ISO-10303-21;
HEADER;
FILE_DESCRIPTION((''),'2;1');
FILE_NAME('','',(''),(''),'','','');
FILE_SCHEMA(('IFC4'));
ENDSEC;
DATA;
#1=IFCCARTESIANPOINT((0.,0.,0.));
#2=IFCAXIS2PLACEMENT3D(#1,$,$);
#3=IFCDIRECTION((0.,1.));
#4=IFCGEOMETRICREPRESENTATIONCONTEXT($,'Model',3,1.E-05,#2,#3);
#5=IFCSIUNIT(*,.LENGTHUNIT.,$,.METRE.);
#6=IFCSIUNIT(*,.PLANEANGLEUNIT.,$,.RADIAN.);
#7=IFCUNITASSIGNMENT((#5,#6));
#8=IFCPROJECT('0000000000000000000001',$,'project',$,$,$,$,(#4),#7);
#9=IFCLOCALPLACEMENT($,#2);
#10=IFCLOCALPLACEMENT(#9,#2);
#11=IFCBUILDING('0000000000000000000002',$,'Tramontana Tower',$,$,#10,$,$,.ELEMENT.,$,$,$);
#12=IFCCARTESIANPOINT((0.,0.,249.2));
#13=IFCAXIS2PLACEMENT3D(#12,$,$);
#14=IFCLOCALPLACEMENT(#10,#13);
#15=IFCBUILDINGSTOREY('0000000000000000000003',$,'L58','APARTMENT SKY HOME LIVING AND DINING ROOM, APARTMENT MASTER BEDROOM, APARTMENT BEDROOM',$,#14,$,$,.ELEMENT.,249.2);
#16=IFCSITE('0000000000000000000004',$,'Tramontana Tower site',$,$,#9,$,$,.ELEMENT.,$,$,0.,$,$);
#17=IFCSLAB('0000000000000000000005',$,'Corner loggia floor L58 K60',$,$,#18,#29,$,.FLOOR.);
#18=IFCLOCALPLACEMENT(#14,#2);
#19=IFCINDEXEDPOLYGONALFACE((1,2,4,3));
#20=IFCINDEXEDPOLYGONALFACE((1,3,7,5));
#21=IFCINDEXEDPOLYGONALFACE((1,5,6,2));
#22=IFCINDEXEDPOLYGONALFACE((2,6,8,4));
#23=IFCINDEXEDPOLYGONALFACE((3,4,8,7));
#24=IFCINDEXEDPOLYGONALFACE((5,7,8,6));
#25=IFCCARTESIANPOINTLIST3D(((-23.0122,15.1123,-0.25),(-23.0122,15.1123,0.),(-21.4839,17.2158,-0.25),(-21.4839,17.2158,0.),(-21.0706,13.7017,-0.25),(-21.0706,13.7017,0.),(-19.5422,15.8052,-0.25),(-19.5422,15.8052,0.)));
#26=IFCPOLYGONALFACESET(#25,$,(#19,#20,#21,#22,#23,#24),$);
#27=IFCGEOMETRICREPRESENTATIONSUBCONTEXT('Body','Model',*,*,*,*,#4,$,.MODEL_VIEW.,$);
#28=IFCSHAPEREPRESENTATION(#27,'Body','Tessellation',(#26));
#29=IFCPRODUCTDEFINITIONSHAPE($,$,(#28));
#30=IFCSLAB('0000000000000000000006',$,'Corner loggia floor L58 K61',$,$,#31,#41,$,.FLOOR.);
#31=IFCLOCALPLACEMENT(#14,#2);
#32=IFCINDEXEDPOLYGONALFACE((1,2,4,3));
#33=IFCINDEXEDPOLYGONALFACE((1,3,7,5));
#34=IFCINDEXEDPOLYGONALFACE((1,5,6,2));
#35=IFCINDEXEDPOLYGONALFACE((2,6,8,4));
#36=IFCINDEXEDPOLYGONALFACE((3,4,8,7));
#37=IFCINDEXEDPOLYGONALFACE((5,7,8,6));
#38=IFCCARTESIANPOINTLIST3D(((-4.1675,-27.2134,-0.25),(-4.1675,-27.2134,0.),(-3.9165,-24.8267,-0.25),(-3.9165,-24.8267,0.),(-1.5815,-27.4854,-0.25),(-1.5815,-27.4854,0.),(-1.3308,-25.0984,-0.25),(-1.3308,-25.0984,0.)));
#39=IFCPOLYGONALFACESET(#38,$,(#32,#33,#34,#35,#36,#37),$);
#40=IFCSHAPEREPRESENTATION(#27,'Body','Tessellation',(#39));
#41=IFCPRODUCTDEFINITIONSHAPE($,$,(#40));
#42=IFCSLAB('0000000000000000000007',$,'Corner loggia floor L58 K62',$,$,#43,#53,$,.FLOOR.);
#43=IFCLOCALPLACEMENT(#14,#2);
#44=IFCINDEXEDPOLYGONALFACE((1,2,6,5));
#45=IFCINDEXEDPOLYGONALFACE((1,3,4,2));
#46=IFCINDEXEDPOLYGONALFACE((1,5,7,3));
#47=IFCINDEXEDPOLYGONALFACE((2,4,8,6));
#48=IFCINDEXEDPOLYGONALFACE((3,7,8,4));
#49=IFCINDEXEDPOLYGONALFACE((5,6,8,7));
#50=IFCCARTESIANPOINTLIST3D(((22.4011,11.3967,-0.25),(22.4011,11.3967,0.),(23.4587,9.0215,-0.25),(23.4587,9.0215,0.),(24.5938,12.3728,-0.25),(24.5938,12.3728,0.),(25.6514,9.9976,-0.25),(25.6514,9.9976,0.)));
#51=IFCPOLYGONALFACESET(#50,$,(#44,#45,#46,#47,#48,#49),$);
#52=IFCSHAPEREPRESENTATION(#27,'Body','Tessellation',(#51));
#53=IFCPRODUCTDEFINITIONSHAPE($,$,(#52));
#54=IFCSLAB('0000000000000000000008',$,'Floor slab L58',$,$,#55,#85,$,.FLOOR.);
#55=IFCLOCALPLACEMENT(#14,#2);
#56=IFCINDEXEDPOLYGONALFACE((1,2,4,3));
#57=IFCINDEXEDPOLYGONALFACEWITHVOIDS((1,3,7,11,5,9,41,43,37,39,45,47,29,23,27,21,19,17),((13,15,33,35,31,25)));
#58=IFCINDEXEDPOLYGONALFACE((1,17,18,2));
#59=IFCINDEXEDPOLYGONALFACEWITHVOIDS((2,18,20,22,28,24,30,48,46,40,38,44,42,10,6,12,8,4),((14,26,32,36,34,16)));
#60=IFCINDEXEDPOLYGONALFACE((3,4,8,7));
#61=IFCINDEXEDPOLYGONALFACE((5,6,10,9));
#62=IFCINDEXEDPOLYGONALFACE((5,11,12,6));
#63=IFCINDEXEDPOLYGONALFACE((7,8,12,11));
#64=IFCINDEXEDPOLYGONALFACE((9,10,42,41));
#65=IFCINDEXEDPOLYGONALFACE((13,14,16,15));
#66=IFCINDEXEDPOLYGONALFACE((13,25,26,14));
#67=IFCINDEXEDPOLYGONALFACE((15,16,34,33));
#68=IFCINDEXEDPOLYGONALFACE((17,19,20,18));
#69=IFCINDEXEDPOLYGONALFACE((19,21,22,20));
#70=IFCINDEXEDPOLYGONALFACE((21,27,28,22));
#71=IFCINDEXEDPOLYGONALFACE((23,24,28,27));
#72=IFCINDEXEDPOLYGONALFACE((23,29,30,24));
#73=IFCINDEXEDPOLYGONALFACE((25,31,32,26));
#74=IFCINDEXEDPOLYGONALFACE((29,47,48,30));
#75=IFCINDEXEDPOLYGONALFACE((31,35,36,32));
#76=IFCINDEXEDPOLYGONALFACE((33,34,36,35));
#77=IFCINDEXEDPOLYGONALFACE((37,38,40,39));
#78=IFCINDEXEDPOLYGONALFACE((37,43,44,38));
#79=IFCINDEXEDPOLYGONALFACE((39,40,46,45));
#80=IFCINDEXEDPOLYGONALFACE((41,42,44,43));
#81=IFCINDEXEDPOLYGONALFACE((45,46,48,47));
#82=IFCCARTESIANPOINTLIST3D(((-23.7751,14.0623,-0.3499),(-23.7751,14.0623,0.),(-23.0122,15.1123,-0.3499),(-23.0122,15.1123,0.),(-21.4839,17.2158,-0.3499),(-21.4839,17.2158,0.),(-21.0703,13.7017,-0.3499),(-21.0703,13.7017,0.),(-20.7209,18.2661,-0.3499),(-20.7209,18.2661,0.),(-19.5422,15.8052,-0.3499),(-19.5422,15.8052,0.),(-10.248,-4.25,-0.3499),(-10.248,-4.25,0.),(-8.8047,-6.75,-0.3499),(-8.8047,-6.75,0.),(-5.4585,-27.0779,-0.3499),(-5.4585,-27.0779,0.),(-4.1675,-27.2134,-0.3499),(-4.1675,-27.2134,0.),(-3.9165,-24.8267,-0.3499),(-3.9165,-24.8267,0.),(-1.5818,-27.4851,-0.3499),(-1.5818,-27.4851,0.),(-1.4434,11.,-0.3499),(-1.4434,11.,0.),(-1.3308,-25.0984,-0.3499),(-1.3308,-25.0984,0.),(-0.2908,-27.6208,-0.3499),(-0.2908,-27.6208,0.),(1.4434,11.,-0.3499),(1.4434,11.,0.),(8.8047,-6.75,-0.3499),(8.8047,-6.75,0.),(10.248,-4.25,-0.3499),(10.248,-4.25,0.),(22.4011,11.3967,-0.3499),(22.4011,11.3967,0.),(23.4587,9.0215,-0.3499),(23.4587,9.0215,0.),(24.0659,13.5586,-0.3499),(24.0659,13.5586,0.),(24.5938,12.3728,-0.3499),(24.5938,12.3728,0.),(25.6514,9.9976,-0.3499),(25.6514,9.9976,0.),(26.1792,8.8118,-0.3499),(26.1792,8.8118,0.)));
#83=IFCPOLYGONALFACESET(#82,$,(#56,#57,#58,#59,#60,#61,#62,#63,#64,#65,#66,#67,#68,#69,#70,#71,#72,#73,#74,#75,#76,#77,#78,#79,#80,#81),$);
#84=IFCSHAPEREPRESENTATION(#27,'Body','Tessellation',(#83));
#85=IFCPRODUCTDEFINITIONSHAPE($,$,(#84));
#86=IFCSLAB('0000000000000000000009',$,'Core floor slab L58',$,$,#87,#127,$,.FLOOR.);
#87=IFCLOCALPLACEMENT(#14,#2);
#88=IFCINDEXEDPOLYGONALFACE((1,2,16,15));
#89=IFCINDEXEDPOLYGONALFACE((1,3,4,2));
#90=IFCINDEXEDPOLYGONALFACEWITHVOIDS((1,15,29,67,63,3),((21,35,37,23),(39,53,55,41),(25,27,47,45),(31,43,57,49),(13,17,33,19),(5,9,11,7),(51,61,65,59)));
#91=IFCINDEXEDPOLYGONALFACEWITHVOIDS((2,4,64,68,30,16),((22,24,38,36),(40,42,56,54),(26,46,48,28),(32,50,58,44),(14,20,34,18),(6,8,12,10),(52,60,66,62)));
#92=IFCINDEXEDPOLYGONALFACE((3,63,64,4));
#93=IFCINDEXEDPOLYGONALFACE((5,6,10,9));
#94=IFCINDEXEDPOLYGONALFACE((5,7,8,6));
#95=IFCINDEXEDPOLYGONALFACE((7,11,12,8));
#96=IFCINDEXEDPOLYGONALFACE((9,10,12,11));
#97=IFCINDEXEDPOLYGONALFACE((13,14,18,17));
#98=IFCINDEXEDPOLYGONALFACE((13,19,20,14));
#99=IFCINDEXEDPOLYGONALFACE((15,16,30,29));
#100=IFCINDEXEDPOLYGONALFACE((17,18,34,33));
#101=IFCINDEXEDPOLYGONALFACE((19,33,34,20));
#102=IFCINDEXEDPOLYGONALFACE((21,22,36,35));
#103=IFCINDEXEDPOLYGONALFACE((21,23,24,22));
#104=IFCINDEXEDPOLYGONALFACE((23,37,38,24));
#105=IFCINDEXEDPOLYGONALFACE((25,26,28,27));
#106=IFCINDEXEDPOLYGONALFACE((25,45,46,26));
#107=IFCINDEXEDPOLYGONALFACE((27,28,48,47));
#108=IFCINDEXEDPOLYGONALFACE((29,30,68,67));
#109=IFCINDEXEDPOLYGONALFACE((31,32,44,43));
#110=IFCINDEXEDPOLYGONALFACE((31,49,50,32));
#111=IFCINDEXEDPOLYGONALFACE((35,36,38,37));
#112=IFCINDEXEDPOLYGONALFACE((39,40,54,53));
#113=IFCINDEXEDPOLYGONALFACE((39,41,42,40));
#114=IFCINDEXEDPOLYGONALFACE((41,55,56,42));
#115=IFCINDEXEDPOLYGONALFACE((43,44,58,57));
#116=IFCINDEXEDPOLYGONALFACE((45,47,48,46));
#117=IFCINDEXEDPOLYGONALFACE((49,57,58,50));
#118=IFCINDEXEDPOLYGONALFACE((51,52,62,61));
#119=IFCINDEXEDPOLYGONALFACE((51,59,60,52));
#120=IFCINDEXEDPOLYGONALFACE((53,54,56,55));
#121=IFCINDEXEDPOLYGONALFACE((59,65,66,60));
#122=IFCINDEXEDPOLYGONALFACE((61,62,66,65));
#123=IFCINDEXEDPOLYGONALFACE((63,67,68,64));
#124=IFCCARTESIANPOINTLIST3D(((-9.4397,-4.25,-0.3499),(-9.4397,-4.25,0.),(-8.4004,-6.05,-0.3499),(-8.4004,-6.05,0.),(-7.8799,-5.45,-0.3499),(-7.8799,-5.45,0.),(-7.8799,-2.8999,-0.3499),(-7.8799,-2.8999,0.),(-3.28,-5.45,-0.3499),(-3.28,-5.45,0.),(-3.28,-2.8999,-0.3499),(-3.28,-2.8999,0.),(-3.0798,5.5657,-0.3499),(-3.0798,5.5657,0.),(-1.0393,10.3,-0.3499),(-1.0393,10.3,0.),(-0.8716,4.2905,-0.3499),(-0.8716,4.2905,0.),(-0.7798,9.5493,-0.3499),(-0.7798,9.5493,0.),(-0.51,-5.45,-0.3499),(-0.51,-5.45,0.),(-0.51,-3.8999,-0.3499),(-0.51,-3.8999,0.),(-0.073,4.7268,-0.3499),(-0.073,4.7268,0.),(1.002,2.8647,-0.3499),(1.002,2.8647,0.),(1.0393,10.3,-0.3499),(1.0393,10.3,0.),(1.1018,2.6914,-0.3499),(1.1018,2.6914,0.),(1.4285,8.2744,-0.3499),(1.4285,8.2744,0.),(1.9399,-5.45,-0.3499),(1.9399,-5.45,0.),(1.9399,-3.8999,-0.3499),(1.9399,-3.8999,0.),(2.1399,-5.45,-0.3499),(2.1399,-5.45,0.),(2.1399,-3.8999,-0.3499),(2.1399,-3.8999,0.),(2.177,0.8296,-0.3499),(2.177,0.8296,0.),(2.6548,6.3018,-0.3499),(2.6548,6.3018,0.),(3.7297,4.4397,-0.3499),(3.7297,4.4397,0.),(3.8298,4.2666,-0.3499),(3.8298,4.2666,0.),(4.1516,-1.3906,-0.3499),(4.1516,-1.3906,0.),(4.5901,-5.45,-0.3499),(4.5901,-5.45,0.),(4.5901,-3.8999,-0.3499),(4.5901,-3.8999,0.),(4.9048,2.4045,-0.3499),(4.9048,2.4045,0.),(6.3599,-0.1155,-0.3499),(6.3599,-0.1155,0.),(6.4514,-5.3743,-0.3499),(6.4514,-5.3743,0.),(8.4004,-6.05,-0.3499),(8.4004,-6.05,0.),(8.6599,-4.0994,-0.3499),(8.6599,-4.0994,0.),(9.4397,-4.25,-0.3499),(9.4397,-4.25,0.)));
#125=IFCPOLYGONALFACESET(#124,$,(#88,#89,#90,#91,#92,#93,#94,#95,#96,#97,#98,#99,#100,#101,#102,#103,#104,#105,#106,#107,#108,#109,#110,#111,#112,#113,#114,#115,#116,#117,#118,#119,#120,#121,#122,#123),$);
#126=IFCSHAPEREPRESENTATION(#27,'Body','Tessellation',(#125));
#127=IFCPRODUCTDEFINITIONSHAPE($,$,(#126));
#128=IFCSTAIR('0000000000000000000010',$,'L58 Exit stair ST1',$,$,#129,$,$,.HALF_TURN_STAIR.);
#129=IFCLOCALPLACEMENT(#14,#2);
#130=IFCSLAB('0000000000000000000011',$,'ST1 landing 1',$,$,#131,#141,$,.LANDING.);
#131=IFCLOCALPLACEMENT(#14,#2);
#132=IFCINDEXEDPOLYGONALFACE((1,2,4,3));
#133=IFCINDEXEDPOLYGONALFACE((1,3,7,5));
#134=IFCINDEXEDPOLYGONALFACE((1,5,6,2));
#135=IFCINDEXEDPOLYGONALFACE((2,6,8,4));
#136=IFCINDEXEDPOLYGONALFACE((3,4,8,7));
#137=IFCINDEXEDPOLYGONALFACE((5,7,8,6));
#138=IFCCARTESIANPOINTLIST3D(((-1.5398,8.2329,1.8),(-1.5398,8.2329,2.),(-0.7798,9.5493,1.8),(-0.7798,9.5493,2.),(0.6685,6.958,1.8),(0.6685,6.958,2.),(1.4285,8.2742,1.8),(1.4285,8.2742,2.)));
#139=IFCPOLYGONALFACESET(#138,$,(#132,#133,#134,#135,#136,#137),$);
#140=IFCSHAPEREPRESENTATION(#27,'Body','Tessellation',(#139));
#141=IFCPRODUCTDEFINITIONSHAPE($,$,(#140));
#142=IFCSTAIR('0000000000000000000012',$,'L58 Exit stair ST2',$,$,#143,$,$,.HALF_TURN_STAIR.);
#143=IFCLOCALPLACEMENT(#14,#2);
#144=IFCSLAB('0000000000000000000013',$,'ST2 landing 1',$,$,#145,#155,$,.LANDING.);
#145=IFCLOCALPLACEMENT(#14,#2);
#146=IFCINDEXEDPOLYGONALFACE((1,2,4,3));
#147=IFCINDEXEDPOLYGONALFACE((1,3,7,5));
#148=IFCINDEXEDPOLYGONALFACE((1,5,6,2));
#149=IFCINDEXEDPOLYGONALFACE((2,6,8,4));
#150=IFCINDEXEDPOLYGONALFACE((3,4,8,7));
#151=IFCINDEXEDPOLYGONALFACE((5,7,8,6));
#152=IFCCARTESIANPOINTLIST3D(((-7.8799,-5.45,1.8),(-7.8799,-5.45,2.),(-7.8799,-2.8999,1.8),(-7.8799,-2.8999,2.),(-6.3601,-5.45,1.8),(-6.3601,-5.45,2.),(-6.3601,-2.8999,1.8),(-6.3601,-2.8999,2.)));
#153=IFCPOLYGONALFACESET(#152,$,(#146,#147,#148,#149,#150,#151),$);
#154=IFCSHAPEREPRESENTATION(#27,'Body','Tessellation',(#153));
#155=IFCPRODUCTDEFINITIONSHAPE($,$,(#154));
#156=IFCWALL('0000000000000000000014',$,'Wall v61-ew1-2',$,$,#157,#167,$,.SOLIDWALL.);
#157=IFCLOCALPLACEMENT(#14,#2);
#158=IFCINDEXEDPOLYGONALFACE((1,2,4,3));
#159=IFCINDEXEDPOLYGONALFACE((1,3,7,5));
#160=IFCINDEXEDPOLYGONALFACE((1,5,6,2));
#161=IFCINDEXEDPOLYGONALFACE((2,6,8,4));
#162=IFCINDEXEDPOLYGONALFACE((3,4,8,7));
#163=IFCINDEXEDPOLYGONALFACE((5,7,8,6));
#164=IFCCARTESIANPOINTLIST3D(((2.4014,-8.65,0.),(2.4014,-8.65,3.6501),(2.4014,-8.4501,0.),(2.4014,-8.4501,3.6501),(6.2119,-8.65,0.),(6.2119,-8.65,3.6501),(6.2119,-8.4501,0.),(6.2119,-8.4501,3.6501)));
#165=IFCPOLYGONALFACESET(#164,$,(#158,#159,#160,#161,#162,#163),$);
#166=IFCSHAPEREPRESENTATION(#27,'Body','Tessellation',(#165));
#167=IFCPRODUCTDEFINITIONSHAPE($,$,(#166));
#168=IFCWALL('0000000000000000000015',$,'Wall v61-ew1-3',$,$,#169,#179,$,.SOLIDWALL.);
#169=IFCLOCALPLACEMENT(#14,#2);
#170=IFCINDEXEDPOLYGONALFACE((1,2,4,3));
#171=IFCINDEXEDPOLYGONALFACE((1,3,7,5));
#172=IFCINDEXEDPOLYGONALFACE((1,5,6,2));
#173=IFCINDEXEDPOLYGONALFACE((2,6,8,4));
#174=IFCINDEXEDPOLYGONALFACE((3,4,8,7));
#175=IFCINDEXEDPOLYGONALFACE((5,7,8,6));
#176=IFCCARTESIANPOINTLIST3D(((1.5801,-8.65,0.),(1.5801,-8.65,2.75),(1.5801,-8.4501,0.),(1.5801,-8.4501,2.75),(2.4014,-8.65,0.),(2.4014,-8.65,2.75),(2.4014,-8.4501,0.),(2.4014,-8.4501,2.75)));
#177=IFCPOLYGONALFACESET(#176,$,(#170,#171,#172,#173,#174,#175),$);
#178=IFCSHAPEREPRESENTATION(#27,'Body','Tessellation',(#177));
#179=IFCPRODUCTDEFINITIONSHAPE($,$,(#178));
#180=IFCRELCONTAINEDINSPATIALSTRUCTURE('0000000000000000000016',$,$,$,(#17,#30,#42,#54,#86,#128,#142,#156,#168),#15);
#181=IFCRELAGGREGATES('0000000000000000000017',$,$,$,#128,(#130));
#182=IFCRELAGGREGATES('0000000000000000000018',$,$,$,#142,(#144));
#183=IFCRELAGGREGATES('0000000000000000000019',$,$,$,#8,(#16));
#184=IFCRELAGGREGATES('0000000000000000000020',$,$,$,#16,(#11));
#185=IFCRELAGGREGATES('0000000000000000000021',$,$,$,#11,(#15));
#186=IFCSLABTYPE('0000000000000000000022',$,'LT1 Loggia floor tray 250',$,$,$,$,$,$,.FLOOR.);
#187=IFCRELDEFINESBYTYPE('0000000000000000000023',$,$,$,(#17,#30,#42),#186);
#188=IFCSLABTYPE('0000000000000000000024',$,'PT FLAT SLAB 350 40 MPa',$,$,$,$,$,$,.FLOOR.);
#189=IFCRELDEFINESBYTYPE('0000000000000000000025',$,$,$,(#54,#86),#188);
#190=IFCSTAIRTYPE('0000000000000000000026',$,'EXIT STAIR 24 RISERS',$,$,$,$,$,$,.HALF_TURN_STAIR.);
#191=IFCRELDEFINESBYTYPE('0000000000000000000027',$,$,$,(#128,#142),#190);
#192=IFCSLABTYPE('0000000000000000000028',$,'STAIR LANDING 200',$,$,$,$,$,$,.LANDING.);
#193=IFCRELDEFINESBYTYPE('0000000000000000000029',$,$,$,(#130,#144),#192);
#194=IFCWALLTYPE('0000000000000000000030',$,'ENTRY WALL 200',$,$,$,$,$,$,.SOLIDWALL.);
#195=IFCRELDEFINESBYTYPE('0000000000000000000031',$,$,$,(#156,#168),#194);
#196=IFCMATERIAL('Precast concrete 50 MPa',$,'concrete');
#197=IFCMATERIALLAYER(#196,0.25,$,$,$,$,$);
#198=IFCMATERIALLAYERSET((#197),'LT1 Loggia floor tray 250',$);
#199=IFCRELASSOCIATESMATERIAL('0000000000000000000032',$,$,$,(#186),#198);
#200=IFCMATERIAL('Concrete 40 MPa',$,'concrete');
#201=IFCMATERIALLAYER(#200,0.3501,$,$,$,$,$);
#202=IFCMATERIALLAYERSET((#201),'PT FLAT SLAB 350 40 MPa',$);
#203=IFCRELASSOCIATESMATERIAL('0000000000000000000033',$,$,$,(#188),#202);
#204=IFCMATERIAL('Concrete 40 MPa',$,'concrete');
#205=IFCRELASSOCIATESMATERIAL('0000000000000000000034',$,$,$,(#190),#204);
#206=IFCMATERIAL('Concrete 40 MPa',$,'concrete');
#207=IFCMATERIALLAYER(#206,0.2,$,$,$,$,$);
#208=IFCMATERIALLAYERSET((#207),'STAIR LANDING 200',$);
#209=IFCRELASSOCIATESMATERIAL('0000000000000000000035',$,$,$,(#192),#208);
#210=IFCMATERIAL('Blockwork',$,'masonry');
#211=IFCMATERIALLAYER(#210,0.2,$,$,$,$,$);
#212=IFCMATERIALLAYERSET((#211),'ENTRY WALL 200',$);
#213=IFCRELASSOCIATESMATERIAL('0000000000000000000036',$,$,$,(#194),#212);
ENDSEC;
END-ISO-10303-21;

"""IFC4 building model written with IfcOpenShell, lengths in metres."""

from ifc_helpers import new_model, si_unit, direction, frame, frame_2d, origin, place, context, subcontext, project, spatial, polyline, rectangle, outline, extrude, material, layer, layer_set, type_object, element, aggregate, save


model = new_model("IFC4")

# Units and contexts
model_context = context("Model", 3, precision=1e-05, world=origin(), true_north=direction((0.0, 1.0)))
body_context = subcontext(model_context, "Body", "Model", "MODEL_VIEW")
ifc_project = project(units=[si_unit("LENGTHUNIT", "METRE"), si_unit("PLANEANGLEUNIT", "RADIAN")], contexts=[model_context])

# Site, building, storey
site_placement = place(None, origin())
site = spatial("IfcSite", under=ifc_project, at=site_placement, Name="Tramontana Tower site", CompositionType="ELEMENT", RefElevation=0.0)
building_placement = place(site_placement, origin())
building = spatial("IfcBuilding", under=site, at=building_placement, Name="Tramontana Tower", CompositionType="ELEMENT")
storey_placement = place(building_placement, frame((0.0, 0.0, 249.2)))
storey = spatial("IfcBuildingStorey", under=building, at=storey_placement, Name="L58", Description="APARTMENT SKY HOME LIVING AND DINING ROOM, APARTMENT MASTER BEDROOM, APARTMENT BEDROOM", CompositionType="ELEMENT", Elevation=249.2)

# Slabs
ifc_material_1 = material(Name="Precast concrete 50 MPa", Category="concrete")
ifc_layer_1 = layer(ifc_material_1, 0.25)
ifc_layer_set_1 = layer_set([ifc_layer_1], Name="LT1 Loggia floor tray 250")
slab_type_1 = type_object("IfcSlabType", Name="LT1 Loggia floor tray 250", PredefinedType="FLOOR", material=ifc_layer_set_1)
slab_1_placement = place(storey_placement, frame((0.0, 0.0, -0.25)))
element("IfcSlab", 1, at=slab_1_placement, inside=storey, type_object=slab_type_1, Name="Corner loggia floor L58 K60", PredefinedType="FLOOR", context=body_context, shape_type="SweptSolid", body=[
    extrude(outline(polyline([(-21.4839, 17.2158), (-19.5422, 15.8052), (-21.0706, 13.7017), (-23.0122, 15.1123), (-21.4839, 17.2158)])), origin(), (0.0, 0.0, 1.0), 0.25),
])
slab_2_placement = place(storey_placement, frame((0.0, 0.0, -0.25)))
element("IfcSlab", 2, at=slab_2_placement, inside=storey, type_object=slab_type_1, Name="Corner loggia floor L58 K61", PredefinedType="FLOOR", context=body_context, shape_type="SweptSolid", body=[
    extrude(outline(polyline([(-4.1675, -27.2134), (-3.9165, -24.8267), (-1.3308, -25.0984), (-1.5815, -27.4854), (-4.1675, -27.2134)])), origin(), (0.0, 0.0, 1.0), 0.25),
])
slab_3_placement = place(storey_placement, frame((0.0, 0.0, -0.25)))
element("IfcSlab", 3, at=slab_3_placement, inside=storey, type_object=slab_type_1, Name="Corner loggia floor L58 K62", PredefinedType="FLOOR", context=body_context, shape_type="SweptSolid", body=[
    extrude(outline(polyline([(25.6514, 9.9976), (23.4587, 9.0215), (22.4011, 11.3967), (24.5938, 12.3728), (25.6514, 9.9976)])), origin(), (0.0, 0.0, 1.0), 0.25),
])
ifc_material_2 = material(Name="Concrete 40 MPa", Category="concrete")
ifc_layer_2 = layer(ifc_material_2, 0.3501)
ifc_layer_set_2 = layer_set([ifc_layer_2], Name="PT FLAT SLAB 350 40 MPa")
slab_type_2 = type_object("IfcSlabType", Name="PT FLAT SLAB 350 40 MPa", PredefinedType="FLOOR", material=ifc_layer_set_2)
slab_4_placement = place(storey_placement, frame((0.0, 0.0, -0.3499)))
element("IfcSlab", 4, at=slab_4_placement, inside=storey, type_object=slab_type_2, Name="Floor slab L58", PredefinedType="FLOOR", context=body_context, shape_type="SweptSolid", body=[
    extrude(outline(polyline([(24.5938, 12.3728), (22.4011, 11.3967), (23.4587, 9.0215), (25.6514, 9.9976), (26.1792, 8.8118), (-0.2908, -27.6208), (-1.5818, -27.4851), (-1.3308, -25.0984), (-3.9165, -24.8267), (-4.1675, -27.2134), (-5.4585, -27.0779), (-23.7751, 14.0623), (-23.0122, 15.1123), (-21.0703, 13.7017), (-19.5422, 15.8052), (-21.4839, 17.2158), (-20.7209, 18.2661), (24.0659, 13.5586), (24.5938, 12.3728)]), holes=[polyline([(-10.248, -4.25), (-8.8047, -6.75), (8.8047, -6.75), (10.248, -4.25), (1.4434, 11.0), (-1.4434, 11.0), (-10.248, -4.25)])]), origin(), (0.0, 0.0, 1.0), 0.3499),
])
slab_5_placement = place(storey_placement, frame((0.0, 0.0, -0.3499)))
element("IfcSlab", 5, at=slab_5_placement, inside=storey, type_object=slab_type_2, Name="Core floor slab L58", PredefinedType="FLOOR", context=body_context, shape_type="SweptSolid", body=[
    extrude(outline(polyline([(9.4397, -4.25), (8.4004, -6.05), (-8.4004, -6.05), (-9.4397, -4.25), (-1.0393, 10.3), (1.0393, 10.3), (9.4397, -4.25)]), holes=[polyline([(8.6599, -4.0994), (6.3599, -0.1155), (4.1516, -1.3906), (6.4514, -5.3743), (8.6599, -4.0994)]), polyline([(3.8298, 4.2666), (1.1018, 2.6914), (2.177, 0.8296), (4.9048, 2.4045), (3.8298, 4.2666)]), polyline([(4.5901, -3.8999), (2.1399, -3.8999), (2.1399, -5.45), (4.5901, -5.45), (4.5901, -3.8999)]), polyline([(2.6548, 6.3018), (-0.073, 4.7268), (1.002, 2.8647), (3.7297, 4.4397), (2.6548, 6.3018)]), polyline([(1.9399, -5.45), (1.9399, -3.8999), (-0.51, -3.8999), (-0.51, -5.45), (1.9399, -5.45)]), polyline([(-0.7798, 9.5493), (-3.0798, 5.5657), (-0.8716, 4.2905), (1.4285, 8.2744), (-0.7798, 9.5493)]), polyline([(-7.8799, -5.45), (-3.28, -5.45), (-3.28, -2.8999), (-7.8799, -2.8999), (-7.8799, -5.45)])]), origin(), (0.0, 0.0, 1.0), 0.3499),
])

# Stairs, slabs
ifc_material_3 = material(Name="Concrete 40 MPa", Category="concrete")
stair_type = type_object("IfcStairType", Name="EXIT STAIR 24 RISERS", PredefinedType="HALF_TURN_STAIR", material=ifc_material_3)
stair_1_placement = place(storey_placement, origin())
stair_1 = element("IfcStair", 6, at=stair_1_placement, inside=storey, type_object=stair_type, Name="L58 Exit stair ST1", PredefinedType="HALF_TURN_STAIR")
ifc_material_4 = material(Name="Concrete 40 MPa", Category="concrete")
ifc_layer_3 = layer(ifc_material_4, 0.2)
ifc_layer_set_3 = layer_set([ifc_layer_3], Name="STAIR LANDING 200")
slab_type_3 = type_object("IfcSlabType", Name="STAIR LANDING 200", PredefinedType="LANDING", material=ifc_layer_set_3)
slab_6_placement = place(storey_placement, frame((0.0, 0.0, 1.8)))
slab_6 = element("IfcSlab", 7, at=slab_6_placement, type_object=slab_type_3, Name="ST1 landing 1", PredefinedType="LANDING", context=body_context, shape_type="SweptSolid", body=[
    extrude(outline(polyline([(0.6685, 6.958), (1.4285, 8.2742), (-0.7798, 9.5493), (-1.5398, 8.2329), (0.6685, 6.958)])), origin(), (0.0, 0.0, 1.0), 0.2),
])
aggregate(stair_1, [slab_6])
stair_2_placement = place(storey_placement, origin())
stair_2 = element("IfcStair", 8, at=stair_2_placement, inside=storey, type_object=stair_type, Name="L58 Exit stair ST2", PredefinedType="HALF_TURN_STAIR")
slab_7_placement = place(storey_placement, frame((0.0, 0.0, 1.8)))
slab_7 = element("IfcSlab", 9, at=slab_7_placement, type_object=slab_type_3, Name="ST2 landing 1", PredefinedType="LANDING", context=body_context, shape_type="SweptSolid", body=[
    extrude(outline(polyline([(-6.3601, -2.8999), (-7.8799, -2.8999), (-7.8799, -5.45), (-6.3601, -5.45), (-6.3601, -2.8999)])), origin(), (0.0, 0.0, 1.0), 0.2),
])
aggregate(stair_2, [slab_7])

# Walls
ifc_material_5 = material(Name="Blockwork", Category="masonry")
ifc_layer_4 = layer(ifc_material_5, 0.2)
ifc_layer_set_4 = layer_set([ifc_layer_4], Name="ENTRY WALL 200")
wall_type_1 = type_object("IfcWallType", Name="ENTRY WALL 200", PredefinedType="SOLIDWALL", material=ifc_layer_set_4)
wall_1_placement = place(storey_placement, frame((6.2119, -8.55, 0.0), z_axis=(0.0, 0.0, 1.0), x_axis=(-1.0, 0.0, 0.0)))
element("IfcWall", 10, at=wall_1_placement, inside=storey, type_object=wall_type_1, Name="Wall v61-ew1-2", PredefinedType="SOLIDWALL", context=body_context, shape_type="SweptSolid", body=[
    extrude(rectangle(XDim=3.8105, YDim=0.2, at=frame_2d((1.9053, 0.0))), origin(), (0.0, 0.0, 1.0), 3.6501),
])
wall_2_placement = place(storey_placement, frame((2.4014, -8.55, 0.0), z_axis=(0.0, 0.0, 1.0), x_axis=(-1.0, 0.0, 0.0)))
element("IfcWall", 11, at=wall_2_placement, inside=storey, type_object=wall_type_1, Name="Wall v61-ew1-3", PredefinedType="SOLIDWALL", context=body_context, shape_type="SweptSolid", body=[
    extrude(rectangle(XDim=0.8213, YDim=0.2, at=frame_2d((0.4106, 0.0))), origin(), (0.0, 0.0, 1.0), 2.75),
])

save(model, "model.ifc")
